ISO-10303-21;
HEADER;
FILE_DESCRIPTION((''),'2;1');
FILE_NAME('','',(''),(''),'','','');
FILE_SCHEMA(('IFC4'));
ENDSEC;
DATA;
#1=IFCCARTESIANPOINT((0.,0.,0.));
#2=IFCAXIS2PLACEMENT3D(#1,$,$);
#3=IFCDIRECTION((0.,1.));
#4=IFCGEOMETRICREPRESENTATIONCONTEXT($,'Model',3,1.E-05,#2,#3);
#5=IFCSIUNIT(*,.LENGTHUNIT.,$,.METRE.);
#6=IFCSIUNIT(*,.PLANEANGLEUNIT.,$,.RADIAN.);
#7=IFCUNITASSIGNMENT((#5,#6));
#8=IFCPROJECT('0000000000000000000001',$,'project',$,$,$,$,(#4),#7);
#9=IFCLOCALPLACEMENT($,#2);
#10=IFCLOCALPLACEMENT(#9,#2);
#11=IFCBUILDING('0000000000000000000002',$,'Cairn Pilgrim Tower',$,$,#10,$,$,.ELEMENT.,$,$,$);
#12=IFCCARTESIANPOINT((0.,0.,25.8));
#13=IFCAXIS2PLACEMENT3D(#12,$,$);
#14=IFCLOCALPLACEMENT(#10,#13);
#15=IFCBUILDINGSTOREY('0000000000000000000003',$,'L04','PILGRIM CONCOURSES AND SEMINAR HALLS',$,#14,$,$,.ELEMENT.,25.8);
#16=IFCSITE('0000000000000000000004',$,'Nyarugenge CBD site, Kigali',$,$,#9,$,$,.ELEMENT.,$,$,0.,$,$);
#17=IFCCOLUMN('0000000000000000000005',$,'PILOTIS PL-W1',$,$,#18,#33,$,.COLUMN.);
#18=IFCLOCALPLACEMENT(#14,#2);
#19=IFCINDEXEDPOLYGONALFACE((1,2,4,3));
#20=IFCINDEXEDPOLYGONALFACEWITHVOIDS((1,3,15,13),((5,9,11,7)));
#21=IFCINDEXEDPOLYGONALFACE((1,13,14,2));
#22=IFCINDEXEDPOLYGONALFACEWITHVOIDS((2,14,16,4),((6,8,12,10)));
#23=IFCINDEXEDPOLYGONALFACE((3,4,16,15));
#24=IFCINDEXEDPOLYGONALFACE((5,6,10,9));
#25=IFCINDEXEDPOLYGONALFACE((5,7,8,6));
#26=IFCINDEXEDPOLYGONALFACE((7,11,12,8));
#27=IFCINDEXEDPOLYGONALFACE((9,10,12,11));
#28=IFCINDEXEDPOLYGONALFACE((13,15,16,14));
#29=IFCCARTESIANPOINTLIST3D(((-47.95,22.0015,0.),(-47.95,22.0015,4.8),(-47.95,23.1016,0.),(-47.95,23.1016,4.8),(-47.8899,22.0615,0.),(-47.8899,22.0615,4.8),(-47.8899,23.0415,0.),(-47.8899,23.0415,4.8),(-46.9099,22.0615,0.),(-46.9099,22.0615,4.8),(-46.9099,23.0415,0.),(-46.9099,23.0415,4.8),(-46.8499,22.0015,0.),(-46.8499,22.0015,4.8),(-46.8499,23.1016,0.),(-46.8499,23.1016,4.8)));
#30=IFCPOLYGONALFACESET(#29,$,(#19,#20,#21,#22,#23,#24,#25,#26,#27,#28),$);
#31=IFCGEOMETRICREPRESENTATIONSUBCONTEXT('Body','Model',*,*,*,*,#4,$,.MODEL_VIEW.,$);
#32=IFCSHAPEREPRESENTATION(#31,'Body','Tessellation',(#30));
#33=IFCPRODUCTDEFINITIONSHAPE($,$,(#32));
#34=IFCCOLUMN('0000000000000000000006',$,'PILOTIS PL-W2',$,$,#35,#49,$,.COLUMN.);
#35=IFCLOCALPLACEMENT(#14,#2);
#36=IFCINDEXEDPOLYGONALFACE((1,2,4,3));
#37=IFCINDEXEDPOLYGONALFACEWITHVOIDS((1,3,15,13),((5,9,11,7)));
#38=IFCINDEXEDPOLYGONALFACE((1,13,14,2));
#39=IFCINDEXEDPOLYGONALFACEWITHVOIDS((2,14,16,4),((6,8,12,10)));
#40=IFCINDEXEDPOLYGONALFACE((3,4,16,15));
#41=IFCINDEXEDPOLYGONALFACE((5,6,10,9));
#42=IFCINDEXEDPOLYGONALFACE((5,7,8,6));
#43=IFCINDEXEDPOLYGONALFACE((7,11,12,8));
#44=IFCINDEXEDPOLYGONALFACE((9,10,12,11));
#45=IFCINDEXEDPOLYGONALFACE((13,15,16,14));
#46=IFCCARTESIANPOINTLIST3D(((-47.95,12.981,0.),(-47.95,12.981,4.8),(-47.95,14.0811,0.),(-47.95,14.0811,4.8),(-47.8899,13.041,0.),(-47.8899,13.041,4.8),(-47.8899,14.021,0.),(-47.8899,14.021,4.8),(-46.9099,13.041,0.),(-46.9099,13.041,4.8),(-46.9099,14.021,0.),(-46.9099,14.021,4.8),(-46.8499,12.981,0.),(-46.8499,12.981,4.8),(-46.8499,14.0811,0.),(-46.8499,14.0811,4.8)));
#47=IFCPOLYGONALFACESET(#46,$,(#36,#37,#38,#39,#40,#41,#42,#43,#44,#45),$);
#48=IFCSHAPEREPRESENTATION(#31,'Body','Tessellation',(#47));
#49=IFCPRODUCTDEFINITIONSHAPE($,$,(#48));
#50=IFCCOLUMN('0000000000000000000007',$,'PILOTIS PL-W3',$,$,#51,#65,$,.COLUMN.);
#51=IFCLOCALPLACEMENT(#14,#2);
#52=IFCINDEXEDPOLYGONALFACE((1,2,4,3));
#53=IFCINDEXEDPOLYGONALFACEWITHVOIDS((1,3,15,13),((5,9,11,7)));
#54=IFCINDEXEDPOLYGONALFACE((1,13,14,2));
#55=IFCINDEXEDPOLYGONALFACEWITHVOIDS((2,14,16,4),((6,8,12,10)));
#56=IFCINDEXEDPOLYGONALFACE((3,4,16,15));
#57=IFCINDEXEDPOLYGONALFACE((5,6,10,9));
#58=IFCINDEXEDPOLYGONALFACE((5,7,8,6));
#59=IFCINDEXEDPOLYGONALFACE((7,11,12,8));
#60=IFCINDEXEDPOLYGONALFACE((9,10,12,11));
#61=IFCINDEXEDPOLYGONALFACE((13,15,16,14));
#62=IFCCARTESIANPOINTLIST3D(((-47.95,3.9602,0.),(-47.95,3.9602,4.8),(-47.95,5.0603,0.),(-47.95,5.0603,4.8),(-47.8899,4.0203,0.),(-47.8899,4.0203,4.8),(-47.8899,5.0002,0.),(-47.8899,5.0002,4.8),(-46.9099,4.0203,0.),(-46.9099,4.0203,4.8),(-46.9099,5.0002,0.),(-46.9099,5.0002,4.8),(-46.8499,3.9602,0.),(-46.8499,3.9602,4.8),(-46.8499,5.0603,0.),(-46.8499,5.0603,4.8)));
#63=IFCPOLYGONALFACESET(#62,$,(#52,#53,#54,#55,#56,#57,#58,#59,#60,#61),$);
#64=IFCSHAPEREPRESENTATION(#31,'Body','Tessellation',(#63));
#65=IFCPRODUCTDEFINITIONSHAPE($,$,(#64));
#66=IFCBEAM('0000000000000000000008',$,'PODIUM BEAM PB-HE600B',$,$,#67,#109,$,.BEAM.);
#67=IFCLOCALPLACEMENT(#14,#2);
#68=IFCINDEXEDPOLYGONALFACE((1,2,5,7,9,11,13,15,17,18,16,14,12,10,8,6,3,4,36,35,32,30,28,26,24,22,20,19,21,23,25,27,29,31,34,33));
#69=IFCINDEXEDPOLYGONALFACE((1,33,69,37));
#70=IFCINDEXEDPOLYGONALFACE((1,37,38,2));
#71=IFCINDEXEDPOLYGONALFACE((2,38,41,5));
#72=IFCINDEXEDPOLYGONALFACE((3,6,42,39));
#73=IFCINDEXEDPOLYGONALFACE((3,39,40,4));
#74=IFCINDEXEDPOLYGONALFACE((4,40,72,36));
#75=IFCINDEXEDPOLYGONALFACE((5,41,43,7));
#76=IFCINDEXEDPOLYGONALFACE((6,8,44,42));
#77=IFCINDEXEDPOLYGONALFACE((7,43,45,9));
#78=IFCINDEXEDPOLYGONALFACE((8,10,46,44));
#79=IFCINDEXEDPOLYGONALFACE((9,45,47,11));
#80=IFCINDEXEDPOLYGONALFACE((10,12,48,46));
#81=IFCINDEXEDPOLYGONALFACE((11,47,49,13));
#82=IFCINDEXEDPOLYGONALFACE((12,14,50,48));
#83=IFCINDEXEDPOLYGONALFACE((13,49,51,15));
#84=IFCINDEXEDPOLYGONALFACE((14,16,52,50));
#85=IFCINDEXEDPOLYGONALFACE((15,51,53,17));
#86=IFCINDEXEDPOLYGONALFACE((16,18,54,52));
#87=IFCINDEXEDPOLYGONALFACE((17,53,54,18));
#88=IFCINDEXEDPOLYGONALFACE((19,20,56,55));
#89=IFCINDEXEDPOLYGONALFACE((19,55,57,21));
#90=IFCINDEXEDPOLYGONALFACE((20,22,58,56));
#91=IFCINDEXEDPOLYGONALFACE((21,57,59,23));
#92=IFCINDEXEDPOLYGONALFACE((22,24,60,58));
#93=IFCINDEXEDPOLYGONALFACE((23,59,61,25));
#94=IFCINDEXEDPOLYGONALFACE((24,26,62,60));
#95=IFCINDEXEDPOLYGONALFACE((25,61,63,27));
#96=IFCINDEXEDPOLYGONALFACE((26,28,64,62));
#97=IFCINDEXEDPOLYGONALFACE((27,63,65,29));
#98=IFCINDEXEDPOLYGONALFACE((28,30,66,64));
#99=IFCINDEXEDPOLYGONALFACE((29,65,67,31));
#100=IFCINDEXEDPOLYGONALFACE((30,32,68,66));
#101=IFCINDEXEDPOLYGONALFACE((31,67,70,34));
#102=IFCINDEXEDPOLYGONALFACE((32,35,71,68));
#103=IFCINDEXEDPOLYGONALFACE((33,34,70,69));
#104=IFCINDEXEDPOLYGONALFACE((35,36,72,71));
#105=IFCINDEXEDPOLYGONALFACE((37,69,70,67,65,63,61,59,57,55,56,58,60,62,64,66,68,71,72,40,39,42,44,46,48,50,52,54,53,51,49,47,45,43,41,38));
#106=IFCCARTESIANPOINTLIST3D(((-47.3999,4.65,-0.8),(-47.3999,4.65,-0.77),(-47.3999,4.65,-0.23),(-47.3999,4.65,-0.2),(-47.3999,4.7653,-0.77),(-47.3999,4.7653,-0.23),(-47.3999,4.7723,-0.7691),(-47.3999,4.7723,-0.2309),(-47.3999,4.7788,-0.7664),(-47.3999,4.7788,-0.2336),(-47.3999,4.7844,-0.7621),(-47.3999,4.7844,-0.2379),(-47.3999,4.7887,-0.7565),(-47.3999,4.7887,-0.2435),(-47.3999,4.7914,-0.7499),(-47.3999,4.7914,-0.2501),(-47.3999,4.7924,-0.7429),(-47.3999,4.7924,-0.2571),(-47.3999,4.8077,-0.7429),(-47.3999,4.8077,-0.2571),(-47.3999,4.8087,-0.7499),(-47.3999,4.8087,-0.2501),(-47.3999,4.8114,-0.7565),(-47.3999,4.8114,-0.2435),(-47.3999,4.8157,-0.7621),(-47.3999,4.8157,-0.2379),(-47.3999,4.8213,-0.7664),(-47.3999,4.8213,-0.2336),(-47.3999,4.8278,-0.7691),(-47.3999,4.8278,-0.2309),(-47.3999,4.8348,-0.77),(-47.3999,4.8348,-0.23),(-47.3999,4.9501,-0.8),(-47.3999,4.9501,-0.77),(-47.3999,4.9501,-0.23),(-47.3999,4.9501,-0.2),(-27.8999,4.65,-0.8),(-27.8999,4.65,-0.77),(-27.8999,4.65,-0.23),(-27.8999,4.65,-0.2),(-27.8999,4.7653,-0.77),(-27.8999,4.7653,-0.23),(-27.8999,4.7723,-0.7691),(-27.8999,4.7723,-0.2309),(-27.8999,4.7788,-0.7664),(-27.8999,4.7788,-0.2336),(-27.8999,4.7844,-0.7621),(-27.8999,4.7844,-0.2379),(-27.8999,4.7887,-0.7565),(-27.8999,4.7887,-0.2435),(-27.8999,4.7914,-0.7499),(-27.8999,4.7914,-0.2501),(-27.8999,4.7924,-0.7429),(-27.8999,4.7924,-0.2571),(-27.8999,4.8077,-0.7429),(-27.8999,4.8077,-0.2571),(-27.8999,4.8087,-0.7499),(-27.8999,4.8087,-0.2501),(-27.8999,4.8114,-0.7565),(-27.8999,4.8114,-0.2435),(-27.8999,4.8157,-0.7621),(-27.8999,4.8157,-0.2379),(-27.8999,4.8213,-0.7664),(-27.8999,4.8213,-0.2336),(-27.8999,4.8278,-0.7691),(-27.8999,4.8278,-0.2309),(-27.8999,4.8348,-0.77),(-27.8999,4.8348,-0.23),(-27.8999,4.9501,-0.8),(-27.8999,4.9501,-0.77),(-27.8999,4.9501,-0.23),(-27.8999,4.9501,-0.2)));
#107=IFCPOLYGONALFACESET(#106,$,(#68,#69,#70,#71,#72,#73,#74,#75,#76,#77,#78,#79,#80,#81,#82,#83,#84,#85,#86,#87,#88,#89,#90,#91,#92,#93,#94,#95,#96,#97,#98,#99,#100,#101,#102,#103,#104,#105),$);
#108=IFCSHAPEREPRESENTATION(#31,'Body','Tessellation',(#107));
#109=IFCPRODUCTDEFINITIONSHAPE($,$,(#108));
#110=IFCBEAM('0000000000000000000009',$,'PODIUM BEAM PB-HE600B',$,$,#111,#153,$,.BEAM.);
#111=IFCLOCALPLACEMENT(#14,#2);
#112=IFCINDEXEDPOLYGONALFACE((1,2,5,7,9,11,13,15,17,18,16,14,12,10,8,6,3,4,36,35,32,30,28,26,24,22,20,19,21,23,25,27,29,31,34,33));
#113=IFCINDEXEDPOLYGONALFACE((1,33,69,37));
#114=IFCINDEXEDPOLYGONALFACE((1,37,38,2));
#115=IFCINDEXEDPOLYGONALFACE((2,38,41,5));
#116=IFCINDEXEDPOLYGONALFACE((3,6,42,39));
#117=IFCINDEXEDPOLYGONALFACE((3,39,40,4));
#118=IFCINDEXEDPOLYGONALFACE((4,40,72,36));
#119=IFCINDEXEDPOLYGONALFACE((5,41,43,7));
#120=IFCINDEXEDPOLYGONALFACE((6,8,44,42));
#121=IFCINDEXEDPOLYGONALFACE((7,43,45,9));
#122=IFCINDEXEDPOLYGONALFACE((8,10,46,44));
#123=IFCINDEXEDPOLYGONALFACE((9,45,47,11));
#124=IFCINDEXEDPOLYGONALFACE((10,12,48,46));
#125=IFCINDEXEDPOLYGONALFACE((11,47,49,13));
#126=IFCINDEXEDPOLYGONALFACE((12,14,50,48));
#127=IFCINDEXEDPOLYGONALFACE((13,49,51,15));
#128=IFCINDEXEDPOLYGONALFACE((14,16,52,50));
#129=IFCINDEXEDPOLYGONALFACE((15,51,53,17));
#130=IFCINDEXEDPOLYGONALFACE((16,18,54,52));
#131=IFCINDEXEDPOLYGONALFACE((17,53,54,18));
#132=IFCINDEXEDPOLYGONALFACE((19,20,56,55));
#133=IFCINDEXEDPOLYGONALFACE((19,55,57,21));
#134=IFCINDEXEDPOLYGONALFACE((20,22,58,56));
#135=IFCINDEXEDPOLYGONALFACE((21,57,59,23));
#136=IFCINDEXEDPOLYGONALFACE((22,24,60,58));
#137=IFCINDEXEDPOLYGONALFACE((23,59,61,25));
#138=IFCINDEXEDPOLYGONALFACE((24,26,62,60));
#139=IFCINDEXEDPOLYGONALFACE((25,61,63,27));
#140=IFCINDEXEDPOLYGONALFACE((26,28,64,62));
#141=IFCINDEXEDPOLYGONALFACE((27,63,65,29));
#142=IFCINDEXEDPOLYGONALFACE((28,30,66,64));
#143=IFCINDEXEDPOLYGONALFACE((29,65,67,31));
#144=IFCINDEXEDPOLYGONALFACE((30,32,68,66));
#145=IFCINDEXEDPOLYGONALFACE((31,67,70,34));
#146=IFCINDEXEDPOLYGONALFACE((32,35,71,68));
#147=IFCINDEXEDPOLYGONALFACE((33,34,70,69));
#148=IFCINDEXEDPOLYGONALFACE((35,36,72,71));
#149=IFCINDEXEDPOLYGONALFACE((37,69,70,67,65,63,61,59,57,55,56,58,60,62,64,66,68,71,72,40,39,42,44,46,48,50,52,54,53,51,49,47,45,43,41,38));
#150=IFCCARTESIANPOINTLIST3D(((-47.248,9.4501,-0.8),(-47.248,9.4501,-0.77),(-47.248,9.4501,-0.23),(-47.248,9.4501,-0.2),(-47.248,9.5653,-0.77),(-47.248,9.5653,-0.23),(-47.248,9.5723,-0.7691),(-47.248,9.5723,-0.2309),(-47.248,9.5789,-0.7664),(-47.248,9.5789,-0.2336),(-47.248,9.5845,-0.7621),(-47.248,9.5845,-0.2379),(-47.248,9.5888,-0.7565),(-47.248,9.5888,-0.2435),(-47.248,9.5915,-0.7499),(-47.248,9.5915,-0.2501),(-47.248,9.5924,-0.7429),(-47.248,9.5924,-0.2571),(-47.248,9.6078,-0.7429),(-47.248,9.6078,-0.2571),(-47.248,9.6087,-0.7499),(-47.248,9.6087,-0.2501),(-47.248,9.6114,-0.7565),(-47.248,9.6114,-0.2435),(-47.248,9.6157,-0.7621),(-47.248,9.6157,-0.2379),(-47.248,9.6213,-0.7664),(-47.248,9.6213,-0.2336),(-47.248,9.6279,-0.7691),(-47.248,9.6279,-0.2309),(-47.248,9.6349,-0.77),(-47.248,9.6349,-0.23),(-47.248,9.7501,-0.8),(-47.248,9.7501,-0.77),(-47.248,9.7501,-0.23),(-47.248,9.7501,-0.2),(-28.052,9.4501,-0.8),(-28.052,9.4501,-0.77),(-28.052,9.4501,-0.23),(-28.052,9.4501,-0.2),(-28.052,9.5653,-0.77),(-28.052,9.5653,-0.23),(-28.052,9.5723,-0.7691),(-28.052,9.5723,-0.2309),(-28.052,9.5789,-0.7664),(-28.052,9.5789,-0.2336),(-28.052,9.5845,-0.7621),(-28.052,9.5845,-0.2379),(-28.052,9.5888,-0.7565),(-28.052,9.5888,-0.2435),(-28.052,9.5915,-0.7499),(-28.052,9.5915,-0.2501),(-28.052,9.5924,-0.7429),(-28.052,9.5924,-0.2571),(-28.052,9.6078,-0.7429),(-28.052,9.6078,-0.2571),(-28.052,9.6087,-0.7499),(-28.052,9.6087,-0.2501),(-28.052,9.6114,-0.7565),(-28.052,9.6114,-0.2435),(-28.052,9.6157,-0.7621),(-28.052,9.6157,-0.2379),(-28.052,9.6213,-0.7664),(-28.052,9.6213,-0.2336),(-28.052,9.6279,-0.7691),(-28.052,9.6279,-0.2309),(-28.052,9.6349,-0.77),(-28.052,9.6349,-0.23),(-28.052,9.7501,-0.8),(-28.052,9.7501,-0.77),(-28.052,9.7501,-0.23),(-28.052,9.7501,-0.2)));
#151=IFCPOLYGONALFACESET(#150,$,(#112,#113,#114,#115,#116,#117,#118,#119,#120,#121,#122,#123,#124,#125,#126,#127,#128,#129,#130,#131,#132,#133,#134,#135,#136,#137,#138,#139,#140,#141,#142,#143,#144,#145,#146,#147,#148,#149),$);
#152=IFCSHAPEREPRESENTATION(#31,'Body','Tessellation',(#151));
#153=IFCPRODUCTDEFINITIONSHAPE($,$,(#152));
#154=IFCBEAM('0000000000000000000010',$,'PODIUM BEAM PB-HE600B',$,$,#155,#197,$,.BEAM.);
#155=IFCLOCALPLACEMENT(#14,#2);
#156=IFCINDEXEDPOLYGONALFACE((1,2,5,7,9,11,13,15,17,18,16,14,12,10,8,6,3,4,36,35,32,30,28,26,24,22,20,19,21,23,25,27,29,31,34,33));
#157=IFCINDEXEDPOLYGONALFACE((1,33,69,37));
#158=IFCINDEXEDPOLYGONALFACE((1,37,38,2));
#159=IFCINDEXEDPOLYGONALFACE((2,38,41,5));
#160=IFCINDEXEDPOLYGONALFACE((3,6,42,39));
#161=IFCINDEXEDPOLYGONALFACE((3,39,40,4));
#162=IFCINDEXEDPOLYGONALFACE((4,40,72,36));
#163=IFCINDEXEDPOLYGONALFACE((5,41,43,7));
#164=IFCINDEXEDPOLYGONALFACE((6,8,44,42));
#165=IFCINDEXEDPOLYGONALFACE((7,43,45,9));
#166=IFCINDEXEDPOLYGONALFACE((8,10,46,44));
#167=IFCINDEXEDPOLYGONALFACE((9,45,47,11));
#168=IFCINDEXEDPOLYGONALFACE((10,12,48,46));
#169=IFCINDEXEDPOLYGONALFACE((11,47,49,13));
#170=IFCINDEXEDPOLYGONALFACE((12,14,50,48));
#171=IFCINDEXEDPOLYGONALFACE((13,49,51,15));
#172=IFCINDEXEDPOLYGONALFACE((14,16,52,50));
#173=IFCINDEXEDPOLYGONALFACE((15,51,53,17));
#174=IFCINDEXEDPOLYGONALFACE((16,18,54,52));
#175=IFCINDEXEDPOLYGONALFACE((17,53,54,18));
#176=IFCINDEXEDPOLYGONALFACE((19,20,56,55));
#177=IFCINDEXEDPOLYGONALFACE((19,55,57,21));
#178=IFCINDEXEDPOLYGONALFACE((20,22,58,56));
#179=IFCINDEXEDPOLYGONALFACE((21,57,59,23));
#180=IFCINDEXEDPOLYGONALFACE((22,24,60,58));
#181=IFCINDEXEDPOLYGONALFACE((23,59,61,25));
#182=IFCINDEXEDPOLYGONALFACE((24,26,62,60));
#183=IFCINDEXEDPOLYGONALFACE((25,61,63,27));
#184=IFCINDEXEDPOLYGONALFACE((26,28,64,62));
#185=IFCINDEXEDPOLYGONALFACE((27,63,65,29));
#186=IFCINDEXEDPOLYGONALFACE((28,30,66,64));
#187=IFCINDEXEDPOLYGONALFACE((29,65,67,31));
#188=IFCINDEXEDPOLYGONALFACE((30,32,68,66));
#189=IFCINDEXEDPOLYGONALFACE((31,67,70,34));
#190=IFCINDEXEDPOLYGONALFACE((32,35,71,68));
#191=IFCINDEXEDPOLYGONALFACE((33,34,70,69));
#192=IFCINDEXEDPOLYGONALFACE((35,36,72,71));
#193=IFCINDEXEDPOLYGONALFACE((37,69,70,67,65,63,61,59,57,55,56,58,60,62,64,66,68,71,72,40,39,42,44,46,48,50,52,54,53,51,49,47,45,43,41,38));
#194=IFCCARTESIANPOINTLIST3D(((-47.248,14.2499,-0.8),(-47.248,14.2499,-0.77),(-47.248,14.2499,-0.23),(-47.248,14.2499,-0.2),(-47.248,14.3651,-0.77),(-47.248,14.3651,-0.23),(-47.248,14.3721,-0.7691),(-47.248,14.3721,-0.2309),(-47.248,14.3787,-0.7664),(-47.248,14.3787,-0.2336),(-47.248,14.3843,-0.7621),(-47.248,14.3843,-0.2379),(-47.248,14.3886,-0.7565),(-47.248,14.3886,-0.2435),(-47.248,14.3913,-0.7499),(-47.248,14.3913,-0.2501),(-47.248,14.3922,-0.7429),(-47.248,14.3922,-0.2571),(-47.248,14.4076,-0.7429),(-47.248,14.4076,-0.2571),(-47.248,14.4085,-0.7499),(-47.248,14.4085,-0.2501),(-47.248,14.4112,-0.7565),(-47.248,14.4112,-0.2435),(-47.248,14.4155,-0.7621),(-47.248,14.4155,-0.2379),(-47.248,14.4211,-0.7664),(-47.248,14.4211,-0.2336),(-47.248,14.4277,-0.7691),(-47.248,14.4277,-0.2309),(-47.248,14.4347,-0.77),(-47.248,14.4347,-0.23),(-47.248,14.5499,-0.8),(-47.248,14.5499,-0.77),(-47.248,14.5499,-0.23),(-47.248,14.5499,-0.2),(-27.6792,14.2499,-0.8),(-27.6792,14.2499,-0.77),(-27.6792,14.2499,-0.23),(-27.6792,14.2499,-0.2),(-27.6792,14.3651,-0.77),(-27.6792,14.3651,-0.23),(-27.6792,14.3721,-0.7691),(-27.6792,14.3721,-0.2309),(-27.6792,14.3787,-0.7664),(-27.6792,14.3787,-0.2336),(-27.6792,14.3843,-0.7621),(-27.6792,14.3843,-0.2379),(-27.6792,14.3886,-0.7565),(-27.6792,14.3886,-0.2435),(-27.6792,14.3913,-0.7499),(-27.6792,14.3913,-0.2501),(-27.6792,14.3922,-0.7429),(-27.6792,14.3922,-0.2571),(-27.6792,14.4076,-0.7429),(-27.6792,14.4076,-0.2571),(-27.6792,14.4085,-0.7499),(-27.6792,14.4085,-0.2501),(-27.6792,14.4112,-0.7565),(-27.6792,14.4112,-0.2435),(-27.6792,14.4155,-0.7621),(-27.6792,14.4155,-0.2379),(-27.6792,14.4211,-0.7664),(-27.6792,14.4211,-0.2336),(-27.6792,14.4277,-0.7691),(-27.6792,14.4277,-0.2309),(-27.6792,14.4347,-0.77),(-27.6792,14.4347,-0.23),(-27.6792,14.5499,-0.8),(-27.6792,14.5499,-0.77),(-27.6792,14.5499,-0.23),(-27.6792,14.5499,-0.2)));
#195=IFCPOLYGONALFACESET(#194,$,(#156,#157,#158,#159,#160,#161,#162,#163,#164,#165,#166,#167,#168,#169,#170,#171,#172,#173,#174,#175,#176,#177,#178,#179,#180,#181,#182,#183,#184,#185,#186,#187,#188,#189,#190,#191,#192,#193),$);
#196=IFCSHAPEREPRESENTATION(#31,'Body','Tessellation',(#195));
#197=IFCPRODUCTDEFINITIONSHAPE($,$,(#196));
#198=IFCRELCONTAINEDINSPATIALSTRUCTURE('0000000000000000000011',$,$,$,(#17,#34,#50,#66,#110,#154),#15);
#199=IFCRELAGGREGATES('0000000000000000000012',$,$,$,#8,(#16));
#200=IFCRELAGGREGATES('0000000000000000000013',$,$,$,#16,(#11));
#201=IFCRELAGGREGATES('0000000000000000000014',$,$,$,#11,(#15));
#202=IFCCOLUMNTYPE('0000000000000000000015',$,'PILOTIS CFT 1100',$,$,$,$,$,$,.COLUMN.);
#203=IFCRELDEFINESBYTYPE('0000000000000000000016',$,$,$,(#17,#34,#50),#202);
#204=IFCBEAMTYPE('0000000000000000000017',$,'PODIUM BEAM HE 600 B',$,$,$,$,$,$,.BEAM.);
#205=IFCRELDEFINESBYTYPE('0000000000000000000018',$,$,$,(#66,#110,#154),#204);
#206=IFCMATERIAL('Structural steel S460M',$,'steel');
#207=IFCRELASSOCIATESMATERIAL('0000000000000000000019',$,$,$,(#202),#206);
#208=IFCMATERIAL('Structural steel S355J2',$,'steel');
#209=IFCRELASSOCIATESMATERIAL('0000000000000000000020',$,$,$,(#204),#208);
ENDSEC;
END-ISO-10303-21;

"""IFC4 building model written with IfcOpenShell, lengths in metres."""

from ifc_helpers import new_model, si_unit, direction, frame, origin, origin_2d, place, context, subcontext, project, spatial, hollow_rectangle, i_section, extrude, material, material_profile, profile_set, type_object, element, save


model = new_model("IFC4")

# Units and contexts
model_context = context("Model", 3, precision=1e-05, world=origin(), true_north=direction((0.0, 1.0)))
body_context = subcontext(model_context, "Body", "Model", "MODEL_VIEW")
ifc_project = project(units=[si_unit("LENGTHUNIT", "METRE"), si_unit("PLANEANGLEUNIT", "RADIAN")], contexts=[model_context])

# Site, building, storey
site_placement = place(None, origin())
site = spatial("IfcSite", under=ifc_project, at=site_placement, Name="Nyarugenge CBD site, Kigali", CompositionType="ELEMENT", RefElevation=0.0)
building_placement = place(site_placement, origin())
building = spatial("IfcBuilding", under=site, at=building_placement, Name="Cairn Pilgrim Tower", CompositionType="ELEMENT")
storey_placement = place(building_placement, frame((0.0, 0.0, 25.8)))
storey = spatial("IfcBuildingStorey", under=building, at=storey_placement, Name="L04", Description="PILGRIM CONCOURSES AND SEMINAR HALLS", CompositionType="ELEMENT", Elevation=25.8)

# Columns
ifc_material_1 = material(Name="Structural steel S460M", Category="steel")
ifc_material_profile_1 = material_profile(ifc_material_1, hollow_rectangle(XDim=1.1001, YDim=1.1001, WallThickness=0.0601, at=origin_2d()), Name="BOX 1100x1100x60")
ifc_profile_set_1 = profile_set([ifc_material_profile_1], Name="Structural steel S460M")
column_type = type_object("IfcColumnType", Name="PILOTIS CFT 1100", PredefinedType="COLUMN", material=ifc_profile_set_1)
for number, where, z_axis, x_axis, name in (
    (1, (-47.3999, 22.5515, 0.0), (0.0, 0.0, 1.0), (1.0, 0.0, 0.0), "PILOTIS PL-W1"),
    (2, (-47.3999, 13.531, 0.0), (0.0, 0.0, 1.0), (1.0, 0.0, 0.0), "PILOTIS PL-W2"),
    (3, (-47.3999, 4.5103, 0.0), (0.0, 0.0, 1.0), (1.0, 0.0, 0.0), "PILOTIS PL-W3"),
):
    element("IfcColumn", number, at=place(storey_placement, frame(where, z_axis=z_axis, x_axis=x_axis)), inside=storey, type_object=column_type, Name=name, PredefinedType="COLUMN", context=body_context, shape_type="SweptSolid", body=[
        extrude(hollow_rectangle(XDim=1.1001, YDim=1.1001, WallThickness=0.0601, at=origin_2d()), origin(), (0.0, 0.0, 1.0), 4.8),
    ])

# Beams
ifc_material_2 = material(Name="Structural steel S355J2", Category="steel")
ifc_material_profile_2 = material_profile(ifc_material_2, i_section(OverallWidth=0.3, OverallDepth=0.6001, WebThickness=0.0154, FlangeThickness=0.03, FilletRadius=0.0271, at=origin_2d()), Name="HEB 600")
ifc_profile_set_2 = profile_set([ifc_material_profile_2], Name="Structural steel S355J2")
beam_type_1 = type_object("IfcBeamType", Name="PODIUM BEAM HE 600 B", PredefinedType="BEAM", material=ifc_profile_set_2)
beam_1_placement = place(storey_placement, frame((-47.3999, 4.8, -0.5), z_axis=(1.0, 0.0, 0.0), x_axis=(0.0, 1.0, 0.0)))
element("IfcBeam", 4, at=beam_1_placement, inside=storey, type_object=beam_type_1, Name="PODIUM BEAM PB-HE600B", PredefinedType="BEAM", context=body_context, shape_type="SweptSolid", body=[
    extrude(i_section(OverallWidth=0.3, OverallDepth=0.6001, WebThickness=0.0154, FlangeThickness=0.03, FilletRadius=0.0271, at=origin_2d()), origin(), (0.0, 0.0, 1.0), 19.5),
])
beam_2_placement = place(storey_placement, frame((-47.248, 9.6001, -0.5), z_axis=(1.0, 0.0, 0.0), x_axis=(0.0, 1.0, 0.0)))
element("IfcBeam", 5, at=beam_2_placement, inside=storey, type_object=beam_type_1, Name="PODIUM BEAM PB-HE600B", PredefinedType="BEAM", context=body_context, shape_type="SweptSolid", body=[
    extrude(i_section(OverallWidth=0.3, OverallDepth=0.6001, WebThickness=0.0154, FlangeThickness=0.03, FilletRadius=0.0271, at=origin_2d()), origin(), (0.0, 0.0, 1.0), 19.196),
])
beam_3_placement = place(storey_placement, frame((-47.248, 14.3999, -0.5), z_axis=(1.0, 0.0, 0.0), x_axis=(0.0, 1.0, 0.0)))
element("IfcBeam", 6, at=beam_3_placement, inside=storey, type_object=beam_type_1, Name="PODIUM BEAM PB-HE600B", PredefinedType="BEAM", context=body_context, shape_type="SweptSolid", body=[
    extrude(i_section(OverallWidth=0.3, OverallDepth=0.6001, WebThickness=0.0154, FlangeThickness=0.03, FilletRadius=0.0271, at=origin_2d()), origin(), (0.0, 0.0, 1.0), 19.5688),
])

save(model, "model.ifc")
